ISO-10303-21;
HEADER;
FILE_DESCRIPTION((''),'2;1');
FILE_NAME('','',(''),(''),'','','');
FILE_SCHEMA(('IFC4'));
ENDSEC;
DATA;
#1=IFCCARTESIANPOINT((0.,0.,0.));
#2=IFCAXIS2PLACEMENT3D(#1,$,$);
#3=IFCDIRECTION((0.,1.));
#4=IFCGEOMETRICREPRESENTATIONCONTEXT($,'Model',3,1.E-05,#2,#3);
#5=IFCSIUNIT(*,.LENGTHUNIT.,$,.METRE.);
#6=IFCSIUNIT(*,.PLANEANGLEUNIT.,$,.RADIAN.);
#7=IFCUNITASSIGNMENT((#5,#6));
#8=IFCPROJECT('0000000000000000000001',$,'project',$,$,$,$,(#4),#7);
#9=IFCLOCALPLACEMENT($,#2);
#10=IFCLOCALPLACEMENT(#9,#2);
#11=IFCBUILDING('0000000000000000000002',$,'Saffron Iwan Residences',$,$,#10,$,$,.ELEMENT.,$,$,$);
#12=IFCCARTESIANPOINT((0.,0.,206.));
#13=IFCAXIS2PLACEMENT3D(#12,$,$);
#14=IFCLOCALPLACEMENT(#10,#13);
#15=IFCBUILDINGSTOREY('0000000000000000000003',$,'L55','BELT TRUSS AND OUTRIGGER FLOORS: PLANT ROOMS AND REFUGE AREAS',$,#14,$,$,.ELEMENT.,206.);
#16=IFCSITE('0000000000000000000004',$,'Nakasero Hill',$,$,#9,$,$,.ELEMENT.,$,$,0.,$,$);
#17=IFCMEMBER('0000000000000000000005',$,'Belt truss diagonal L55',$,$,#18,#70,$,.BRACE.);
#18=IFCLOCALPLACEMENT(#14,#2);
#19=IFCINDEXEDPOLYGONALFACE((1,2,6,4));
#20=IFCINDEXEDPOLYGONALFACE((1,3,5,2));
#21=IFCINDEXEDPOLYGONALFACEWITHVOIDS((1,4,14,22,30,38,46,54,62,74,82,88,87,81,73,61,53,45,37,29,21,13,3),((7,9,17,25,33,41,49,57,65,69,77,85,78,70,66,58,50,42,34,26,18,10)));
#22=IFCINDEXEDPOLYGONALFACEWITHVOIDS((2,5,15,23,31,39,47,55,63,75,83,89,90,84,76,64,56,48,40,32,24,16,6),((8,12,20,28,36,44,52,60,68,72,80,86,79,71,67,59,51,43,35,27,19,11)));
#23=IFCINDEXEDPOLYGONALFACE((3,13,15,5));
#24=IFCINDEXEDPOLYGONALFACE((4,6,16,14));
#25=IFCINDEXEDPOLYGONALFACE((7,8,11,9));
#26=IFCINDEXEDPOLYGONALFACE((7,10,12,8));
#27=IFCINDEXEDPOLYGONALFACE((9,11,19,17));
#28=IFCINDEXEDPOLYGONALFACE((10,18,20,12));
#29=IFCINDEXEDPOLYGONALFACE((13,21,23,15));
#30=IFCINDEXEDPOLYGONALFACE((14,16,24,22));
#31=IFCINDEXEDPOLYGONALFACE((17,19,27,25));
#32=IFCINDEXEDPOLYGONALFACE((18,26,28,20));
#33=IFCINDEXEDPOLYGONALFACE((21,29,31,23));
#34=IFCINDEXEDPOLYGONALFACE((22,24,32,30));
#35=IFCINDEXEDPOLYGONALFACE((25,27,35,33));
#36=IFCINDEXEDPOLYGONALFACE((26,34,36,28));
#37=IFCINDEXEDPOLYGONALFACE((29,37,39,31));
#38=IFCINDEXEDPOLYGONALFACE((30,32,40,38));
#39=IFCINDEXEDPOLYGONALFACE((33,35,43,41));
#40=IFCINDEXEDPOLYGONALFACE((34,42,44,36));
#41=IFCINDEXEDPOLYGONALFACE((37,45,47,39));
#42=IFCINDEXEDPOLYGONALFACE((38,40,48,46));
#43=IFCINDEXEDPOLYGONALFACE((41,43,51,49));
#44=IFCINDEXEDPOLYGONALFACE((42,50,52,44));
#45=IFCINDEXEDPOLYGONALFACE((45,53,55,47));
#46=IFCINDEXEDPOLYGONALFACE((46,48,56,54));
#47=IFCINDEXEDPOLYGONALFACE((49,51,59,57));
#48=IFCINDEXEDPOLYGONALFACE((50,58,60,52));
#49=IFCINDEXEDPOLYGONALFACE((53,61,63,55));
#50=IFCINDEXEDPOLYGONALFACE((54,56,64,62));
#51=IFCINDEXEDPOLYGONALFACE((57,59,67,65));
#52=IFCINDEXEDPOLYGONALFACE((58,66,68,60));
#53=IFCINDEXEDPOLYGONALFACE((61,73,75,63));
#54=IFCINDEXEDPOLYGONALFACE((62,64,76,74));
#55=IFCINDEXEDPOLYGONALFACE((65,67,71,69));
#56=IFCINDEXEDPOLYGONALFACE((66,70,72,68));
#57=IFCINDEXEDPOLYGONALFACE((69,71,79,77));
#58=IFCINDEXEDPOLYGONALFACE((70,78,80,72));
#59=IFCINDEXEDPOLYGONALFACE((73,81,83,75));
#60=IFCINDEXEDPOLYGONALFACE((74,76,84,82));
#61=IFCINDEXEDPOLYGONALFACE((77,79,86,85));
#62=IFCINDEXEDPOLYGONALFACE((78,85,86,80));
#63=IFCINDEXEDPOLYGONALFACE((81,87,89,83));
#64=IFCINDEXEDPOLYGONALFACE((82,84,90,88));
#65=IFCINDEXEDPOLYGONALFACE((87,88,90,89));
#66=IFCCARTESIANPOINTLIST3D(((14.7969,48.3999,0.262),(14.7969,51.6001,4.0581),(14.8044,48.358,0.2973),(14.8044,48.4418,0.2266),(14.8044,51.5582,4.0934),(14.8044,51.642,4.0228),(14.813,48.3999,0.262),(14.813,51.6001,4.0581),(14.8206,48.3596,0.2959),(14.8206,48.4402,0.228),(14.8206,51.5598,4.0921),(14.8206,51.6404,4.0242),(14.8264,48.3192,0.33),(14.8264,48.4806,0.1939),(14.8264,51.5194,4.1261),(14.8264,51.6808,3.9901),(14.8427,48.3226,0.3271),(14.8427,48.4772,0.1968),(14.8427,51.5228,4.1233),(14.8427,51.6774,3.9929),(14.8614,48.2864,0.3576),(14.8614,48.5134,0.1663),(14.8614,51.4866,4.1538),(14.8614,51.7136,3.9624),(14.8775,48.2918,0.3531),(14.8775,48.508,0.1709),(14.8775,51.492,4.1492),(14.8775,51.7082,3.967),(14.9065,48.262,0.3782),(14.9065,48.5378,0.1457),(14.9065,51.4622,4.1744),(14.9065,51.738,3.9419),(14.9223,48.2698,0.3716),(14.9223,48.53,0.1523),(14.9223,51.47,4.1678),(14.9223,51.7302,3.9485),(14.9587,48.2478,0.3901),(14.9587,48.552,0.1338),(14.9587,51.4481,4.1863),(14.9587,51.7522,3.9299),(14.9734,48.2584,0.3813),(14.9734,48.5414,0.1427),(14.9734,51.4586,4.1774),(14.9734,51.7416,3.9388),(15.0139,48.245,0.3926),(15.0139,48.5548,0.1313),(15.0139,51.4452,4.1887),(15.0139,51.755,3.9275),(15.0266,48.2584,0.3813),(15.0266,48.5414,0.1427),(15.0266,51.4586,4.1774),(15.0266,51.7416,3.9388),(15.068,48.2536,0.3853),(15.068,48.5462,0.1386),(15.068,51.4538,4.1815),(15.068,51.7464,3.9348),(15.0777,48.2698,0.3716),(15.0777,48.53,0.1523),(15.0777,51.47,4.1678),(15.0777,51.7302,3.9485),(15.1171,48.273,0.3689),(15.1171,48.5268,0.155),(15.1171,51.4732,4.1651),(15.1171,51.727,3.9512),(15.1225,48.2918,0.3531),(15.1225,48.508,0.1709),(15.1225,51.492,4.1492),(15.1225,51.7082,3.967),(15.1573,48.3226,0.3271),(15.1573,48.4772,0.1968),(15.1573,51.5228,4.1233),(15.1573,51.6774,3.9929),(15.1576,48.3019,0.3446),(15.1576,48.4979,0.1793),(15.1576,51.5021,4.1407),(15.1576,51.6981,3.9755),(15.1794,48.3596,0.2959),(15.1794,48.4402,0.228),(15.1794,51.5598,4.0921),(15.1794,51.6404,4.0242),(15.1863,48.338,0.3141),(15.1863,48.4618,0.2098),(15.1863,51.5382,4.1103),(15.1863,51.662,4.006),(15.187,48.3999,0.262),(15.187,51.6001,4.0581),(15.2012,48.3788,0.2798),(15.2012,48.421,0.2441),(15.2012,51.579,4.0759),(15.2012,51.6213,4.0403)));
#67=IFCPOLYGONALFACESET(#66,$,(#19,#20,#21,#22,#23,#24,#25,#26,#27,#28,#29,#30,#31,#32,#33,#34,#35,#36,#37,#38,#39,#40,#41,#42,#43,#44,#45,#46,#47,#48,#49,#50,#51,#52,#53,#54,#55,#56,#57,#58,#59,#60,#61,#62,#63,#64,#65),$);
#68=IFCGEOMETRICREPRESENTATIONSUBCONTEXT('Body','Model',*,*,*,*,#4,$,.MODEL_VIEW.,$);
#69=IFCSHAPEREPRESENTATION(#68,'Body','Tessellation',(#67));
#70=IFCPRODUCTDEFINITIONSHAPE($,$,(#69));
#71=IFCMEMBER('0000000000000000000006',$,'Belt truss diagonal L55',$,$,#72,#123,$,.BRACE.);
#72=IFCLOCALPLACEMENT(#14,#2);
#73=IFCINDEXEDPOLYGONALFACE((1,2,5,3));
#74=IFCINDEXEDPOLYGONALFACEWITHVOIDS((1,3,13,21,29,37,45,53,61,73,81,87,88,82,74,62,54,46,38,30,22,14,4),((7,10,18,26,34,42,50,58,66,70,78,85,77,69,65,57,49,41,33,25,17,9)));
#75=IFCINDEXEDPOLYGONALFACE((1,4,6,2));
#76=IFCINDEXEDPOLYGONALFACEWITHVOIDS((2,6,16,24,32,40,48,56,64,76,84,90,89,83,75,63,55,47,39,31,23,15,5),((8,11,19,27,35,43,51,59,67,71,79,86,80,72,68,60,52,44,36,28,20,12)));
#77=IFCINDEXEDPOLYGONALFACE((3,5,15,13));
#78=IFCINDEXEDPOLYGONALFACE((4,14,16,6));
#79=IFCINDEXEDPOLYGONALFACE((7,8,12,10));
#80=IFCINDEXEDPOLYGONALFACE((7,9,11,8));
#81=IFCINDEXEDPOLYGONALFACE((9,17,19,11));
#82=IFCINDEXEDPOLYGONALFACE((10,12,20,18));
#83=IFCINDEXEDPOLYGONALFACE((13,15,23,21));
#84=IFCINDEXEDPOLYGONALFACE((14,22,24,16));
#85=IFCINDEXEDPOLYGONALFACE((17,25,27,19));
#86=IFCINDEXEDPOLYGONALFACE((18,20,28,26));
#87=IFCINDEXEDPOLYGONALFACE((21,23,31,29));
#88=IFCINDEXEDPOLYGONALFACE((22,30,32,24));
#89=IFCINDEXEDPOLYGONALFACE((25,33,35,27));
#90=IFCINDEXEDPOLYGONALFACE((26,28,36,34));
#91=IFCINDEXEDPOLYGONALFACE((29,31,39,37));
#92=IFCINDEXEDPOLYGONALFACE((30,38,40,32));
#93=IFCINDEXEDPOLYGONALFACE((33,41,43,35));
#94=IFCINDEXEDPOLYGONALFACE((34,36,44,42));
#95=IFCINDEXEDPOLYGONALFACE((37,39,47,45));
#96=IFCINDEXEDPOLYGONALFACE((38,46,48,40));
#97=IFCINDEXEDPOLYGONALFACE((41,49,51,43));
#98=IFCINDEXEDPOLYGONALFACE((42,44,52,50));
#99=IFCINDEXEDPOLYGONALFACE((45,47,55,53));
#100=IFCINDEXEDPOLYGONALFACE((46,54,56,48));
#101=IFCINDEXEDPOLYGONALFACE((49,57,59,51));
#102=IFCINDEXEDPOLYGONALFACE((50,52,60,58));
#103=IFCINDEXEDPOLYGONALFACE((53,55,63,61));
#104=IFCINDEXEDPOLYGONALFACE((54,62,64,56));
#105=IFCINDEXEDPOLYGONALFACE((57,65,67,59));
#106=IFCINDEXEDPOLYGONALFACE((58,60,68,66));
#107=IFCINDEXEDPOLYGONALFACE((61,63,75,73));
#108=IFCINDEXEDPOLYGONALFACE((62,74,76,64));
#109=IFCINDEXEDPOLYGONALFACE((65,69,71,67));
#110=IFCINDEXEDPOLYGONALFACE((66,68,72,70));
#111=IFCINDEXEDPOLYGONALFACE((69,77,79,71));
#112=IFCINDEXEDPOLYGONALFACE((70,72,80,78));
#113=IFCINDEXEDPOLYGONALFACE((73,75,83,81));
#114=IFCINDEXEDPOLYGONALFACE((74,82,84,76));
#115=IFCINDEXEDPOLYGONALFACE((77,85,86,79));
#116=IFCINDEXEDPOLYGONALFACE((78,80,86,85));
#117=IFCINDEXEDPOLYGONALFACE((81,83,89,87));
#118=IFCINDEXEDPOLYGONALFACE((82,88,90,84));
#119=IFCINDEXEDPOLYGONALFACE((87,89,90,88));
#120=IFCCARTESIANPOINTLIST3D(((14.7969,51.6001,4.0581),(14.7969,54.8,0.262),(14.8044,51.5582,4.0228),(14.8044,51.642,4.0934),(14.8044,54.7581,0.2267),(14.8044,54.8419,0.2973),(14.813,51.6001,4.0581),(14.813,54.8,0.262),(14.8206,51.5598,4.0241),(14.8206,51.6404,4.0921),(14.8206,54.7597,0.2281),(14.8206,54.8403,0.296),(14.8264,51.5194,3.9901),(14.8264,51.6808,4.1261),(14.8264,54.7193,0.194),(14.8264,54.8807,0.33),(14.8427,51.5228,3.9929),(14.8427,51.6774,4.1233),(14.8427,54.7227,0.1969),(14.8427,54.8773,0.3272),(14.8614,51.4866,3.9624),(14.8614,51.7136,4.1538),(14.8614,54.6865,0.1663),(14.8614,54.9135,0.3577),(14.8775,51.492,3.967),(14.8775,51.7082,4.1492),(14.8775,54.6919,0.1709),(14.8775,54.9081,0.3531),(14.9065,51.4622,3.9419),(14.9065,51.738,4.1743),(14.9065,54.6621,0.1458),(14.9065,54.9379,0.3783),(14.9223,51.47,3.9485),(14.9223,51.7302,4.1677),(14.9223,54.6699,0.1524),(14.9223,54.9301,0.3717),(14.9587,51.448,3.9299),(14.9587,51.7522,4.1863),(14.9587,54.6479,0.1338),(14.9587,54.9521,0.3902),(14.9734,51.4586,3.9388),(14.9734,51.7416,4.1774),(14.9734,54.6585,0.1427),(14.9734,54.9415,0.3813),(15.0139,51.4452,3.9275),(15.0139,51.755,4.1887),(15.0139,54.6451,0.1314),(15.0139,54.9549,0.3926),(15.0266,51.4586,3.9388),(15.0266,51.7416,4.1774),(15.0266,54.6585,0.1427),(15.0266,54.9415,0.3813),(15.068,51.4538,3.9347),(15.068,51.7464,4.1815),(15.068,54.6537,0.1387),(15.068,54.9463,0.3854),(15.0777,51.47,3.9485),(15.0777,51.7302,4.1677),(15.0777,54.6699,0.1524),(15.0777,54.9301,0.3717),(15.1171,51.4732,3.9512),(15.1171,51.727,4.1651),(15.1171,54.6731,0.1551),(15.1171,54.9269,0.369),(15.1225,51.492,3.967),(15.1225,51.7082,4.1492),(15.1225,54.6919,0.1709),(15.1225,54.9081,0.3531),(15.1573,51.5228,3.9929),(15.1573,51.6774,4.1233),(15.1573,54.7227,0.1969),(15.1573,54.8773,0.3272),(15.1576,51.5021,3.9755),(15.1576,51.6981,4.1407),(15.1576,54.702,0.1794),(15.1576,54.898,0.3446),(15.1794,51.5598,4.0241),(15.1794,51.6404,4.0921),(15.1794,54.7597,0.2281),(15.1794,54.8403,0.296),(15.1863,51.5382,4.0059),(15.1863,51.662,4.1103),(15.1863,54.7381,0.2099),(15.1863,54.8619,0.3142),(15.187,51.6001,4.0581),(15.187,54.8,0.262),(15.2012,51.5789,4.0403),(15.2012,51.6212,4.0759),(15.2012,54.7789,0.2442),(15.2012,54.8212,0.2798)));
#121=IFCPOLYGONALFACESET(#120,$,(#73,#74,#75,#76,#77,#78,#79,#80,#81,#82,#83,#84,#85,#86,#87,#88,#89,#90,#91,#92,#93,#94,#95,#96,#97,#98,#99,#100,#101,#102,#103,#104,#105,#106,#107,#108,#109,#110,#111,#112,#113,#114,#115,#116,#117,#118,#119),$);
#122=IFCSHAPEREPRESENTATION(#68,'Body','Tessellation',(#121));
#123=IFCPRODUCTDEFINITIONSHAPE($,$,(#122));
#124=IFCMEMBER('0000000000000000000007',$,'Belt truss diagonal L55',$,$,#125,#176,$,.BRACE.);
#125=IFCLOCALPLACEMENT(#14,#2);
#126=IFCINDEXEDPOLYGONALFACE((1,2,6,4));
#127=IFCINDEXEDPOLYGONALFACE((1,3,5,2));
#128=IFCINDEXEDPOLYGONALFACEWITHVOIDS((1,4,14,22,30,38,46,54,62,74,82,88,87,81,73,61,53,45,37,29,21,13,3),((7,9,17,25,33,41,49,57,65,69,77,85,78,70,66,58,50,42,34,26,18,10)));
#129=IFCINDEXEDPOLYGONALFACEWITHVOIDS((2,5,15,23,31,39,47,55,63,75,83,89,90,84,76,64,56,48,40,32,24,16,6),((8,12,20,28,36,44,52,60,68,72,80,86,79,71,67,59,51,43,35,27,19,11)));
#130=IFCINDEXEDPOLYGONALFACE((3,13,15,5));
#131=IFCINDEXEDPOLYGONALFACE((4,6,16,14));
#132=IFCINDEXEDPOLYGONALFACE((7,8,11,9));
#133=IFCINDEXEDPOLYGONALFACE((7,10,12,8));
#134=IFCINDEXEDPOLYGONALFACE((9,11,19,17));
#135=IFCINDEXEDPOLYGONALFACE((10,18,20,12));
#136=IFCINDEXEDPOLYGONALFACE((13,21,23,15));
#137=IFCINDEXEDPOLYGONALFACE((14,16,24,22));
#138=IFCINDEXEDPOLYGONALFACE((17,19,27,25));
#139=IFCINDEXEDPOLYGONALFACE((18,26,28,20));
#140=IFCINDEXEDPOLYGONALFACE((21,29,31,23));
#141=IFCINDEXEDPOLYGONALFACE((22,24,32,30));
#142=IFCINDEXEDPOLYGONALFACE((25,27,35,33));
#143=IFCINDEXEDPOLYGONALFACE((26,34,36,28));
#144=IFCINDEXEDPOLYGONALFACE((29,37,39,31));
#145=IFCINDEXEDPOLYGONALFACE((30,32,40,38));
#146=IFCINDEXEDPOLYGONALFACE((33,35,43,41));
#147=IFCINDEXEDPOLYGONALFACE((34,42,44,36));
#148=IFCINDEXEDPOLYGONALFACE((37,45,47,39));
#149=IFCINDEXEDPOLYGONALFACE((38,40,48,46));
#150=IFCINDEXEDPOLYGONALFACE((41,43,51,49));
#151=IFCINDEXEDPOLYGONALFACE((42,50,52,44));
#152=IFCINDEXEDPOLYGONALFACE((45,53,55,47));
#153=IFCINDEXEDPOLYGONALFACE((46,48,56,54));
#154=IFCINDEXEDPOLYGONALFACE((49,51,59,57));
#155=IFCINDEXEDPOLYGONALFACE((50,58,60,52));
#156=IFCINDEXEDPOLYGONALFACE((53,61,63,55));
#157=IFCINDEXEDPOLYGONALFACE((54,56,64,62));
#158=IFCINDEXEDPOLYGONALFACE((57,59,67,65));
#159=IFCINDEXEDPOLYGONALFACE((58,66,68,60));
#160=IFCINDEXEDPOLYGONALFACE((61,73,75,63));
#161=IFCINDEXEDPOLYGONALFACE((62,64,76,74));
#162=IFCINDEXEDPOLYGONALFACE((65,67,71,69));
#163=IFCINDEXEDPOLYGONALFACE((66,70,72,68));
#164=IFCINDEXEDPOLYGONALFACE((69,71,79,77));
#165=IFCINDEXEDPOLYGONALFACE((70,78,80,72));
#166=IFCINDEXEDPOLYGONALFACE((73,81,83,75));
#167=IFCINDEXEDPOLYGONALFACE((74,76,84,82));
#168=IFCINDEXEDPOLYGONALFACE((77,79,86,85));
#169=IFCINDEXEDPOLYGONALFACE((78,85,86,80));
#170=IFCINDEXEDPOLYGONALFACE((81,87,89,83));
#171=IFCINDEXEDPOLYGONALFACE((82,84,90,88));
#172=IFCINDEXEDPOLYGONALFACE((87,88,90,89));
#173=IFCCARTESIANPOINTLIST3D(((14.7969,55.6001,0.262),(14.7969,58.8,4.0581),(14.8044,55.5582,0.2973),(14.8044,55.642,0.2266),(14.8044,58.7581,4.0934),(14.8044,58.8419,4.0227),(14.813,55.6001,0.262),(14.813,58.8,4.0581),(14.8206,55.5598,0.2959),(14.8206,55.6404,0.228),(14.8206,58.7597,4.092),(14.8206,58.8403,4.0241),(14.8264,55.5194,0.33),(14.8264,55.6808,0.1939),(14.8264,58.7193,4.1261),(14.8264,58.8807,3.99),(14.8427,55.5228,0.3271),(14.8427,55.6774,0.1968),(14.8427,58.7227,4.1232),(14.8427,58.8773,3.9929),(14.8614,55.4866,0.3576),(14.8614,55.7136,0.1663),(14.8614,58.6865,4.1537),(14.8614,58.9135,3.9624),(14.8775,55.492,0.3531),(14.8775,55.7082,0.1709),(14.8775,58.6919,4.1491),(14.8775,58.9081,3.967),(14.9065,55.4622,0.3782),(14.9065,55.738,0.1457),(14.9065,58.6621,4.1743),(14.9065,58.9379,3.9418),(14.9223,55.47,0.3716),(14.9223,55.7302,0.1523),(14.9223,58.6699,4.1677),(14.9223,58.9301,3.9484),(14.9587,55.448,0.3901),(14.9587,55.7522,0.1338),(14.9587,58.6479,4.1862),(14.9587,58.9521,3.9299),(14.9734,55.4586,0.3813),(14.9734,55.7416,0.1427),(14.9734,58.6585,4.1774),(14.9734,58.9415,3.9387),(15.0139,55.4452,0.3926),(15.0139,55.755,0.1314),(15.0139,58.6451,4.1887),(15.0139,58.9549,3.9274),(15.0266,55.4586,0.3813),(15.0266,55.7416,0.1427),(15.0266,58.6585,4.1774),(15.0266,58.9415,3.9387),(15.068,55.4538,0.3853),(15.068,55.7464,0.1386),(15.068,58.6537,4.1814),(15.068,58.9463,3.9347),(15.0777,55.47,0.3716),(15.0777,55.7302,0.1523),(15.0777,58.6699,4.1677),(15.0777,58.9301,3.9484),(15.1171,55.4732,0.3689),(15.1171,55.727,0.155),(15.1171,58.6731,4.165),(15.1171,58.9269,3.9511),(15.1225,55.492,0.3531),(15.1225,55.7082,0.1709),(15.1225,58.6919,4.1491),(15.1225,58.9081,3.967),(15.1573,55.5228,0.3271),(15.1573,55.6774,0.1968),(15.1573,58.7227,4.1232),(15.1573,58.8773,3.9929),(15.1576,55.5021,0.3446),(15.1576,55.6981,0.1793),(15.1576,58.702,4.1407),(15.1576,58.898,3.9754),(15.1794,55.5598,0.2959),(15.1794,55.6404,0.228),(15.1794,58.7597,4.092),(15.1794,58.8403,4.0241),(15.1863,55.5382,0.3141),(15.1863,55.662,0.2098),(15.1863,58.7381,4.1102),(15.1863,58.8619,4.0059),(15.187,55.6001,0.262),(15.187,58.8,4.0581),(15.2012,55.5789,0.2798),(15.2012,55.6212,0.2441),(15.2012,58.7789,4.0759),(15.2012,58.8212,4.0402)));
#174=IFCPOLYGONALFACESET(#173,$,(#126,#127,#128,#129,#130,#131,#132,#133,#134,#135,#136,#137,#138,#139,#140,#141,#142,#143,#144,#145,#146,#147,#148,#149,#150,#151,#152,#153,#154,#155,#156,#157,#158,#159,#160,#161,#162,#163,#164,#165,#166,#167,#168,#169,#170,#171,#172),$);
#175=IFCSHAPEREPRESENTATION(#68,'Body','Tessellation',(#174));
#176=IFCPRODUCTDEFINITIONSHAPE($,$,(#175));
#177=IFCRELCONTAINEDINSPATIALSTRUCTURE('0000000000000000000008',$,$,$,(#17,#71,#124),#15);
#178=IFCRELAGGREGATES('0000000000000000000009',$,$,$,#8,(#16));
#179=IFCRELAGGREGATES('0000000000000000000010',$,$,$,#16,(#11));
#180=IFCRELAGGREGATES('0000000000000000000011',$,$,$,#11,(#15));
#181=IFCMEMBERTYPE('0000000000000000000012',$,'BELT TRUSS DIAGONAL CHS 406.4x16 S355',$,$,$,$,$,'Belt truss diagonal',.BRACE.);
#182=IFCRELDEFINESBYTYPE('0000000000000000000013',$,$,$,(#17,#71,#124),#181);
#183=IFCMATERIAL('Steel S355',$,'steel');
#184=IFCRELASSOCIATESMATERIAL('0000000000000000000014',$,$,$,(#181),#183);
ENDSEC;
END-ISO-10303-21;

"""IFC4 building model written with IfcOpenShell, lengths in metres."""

from ifc_helpers import new_model, si_unit, direction, frame, origin, origin_2d, place, context, subcontext, project, spatial, hollow_circle, extrude, source, transform, mapped, material, material_profile, profile_set, type_object, element, save


model = new_model("IFC4")

# Units and contexts
model_context = context("Model", 3, precision=1e-05, world=origin(), true_north=direction((0.0, 1.0)))
body_context = subcontext(model_context, "Body", "Model", "MODEL_VIEW")
ifc_project = project(units=[si_unit("LENGTHUNIT", "METRE"), si_unit("PLANEANGLEUNIT", "RADIAN")], contexts=[model_context])

# Site, building, storey
site_placement = place(None, origin())
site = spatial("IfcSite", under=ifc_project, at=site_placement, Name="Nakasero Hill", CompositionType="ELEMENT", RefElevation=0.0)
building_placement = place(site_placement, origin())
building = spatial("IfcBuilding", under=site, at=building_placement, Name="Saffron Iwan Residences", CompositionType="ELEMENT")
storey_placement = place(building_placement, frame((0.0, 0.0, 206.0)))
storey = spatial("IfcBuildingStorey", under=building, at=storey_placement, Name="L55", Description="BELT TRUSS AND OUTRIGGER FLOORS: PLANT ROOMS AND REFUGE AREAS", CompositionType="ELEMENT", Elevation=206.0)

# Members
ifc_material_1 = material(Name="Steel S355", Category="steel")
ifc_material_profile_1 = material_profile(ifc_material_1, hollow_circle(Radius=0.2031, WallThickness=0.0161, at=origin_2d()), Name="CHS 406.4x16")
ifc_profile_set_1 = profile_set([ifc_material_profile_1], Name="Steel S355")
member_type_1 = type_object("IfcMemberType", Name="BELT TRUSS DIAGONAL CHS 406.4x16 S355", ElementType="Belt truss diagonal", PredefinedType="BRACE", material=ifc_profile_set_1)
shared_shape_1 = source(origin(), body_context, "Body", "SweptSolid", [
    extrude(hollow_circle(Radius=0.2031, WallThickness=0.0161, at=origin_2d()), origin(), (0.0, 0.0, 1.0), 4.9651),
])
member_placement = place(storey_placement, frame((15.0, 48.3999, 0.262), z_axis=(0.0, 0.644541, 0.764569), x_axis=(-1.0, 0.0, 0.0)))
element("IfcMember", 1, at=member_placement, inside=storey, type_object=member_type_1, Name="Belt truss diagonal L55", PredefinedType="BRACE", context=body_context, shape_type="MappedRepresentation", body=[
    mapped(shared_shape_1, transform((0.0, 0.0, 0.0))),
])
shared_shape_2 = source(origin(), body_context, "Body", "SweptSolid", [
    extrude(hollow_circle(Radius=0.2031, WallThickness=0.0161, at=origin_2d()), origin(), (0.0, 0.0, 1.0), 4.9648),
])
for number, where, z_axis, x_axis, name in (
    (2, (15.0, 51.6001, 4.0581), (0.0, 0.644513, -0.764594), (-1.0, 0.0, 0.0), "Belt truss diagonal L55"),
    (3, (15.0, 55.6001, 0.262), (0.0, 0.644513, 0.764594), (-1.0, 0.0, 0.0), "Belt truss diagonal L55"),
):
    element("IfcMember", number, at=place(storey_placement, frame(where, z_axis=z_axis, x_axis=x_axis)), inside=storey, type_object=member_type_1, Name=name, PredefinedType="BRACE", context=body_context, shape_type="MappedRepresentation", body=[
        mapped(shared_shape_2, transform((0.0, 0.0, 0.0))),
    ])

save(model, "model.ifc")
